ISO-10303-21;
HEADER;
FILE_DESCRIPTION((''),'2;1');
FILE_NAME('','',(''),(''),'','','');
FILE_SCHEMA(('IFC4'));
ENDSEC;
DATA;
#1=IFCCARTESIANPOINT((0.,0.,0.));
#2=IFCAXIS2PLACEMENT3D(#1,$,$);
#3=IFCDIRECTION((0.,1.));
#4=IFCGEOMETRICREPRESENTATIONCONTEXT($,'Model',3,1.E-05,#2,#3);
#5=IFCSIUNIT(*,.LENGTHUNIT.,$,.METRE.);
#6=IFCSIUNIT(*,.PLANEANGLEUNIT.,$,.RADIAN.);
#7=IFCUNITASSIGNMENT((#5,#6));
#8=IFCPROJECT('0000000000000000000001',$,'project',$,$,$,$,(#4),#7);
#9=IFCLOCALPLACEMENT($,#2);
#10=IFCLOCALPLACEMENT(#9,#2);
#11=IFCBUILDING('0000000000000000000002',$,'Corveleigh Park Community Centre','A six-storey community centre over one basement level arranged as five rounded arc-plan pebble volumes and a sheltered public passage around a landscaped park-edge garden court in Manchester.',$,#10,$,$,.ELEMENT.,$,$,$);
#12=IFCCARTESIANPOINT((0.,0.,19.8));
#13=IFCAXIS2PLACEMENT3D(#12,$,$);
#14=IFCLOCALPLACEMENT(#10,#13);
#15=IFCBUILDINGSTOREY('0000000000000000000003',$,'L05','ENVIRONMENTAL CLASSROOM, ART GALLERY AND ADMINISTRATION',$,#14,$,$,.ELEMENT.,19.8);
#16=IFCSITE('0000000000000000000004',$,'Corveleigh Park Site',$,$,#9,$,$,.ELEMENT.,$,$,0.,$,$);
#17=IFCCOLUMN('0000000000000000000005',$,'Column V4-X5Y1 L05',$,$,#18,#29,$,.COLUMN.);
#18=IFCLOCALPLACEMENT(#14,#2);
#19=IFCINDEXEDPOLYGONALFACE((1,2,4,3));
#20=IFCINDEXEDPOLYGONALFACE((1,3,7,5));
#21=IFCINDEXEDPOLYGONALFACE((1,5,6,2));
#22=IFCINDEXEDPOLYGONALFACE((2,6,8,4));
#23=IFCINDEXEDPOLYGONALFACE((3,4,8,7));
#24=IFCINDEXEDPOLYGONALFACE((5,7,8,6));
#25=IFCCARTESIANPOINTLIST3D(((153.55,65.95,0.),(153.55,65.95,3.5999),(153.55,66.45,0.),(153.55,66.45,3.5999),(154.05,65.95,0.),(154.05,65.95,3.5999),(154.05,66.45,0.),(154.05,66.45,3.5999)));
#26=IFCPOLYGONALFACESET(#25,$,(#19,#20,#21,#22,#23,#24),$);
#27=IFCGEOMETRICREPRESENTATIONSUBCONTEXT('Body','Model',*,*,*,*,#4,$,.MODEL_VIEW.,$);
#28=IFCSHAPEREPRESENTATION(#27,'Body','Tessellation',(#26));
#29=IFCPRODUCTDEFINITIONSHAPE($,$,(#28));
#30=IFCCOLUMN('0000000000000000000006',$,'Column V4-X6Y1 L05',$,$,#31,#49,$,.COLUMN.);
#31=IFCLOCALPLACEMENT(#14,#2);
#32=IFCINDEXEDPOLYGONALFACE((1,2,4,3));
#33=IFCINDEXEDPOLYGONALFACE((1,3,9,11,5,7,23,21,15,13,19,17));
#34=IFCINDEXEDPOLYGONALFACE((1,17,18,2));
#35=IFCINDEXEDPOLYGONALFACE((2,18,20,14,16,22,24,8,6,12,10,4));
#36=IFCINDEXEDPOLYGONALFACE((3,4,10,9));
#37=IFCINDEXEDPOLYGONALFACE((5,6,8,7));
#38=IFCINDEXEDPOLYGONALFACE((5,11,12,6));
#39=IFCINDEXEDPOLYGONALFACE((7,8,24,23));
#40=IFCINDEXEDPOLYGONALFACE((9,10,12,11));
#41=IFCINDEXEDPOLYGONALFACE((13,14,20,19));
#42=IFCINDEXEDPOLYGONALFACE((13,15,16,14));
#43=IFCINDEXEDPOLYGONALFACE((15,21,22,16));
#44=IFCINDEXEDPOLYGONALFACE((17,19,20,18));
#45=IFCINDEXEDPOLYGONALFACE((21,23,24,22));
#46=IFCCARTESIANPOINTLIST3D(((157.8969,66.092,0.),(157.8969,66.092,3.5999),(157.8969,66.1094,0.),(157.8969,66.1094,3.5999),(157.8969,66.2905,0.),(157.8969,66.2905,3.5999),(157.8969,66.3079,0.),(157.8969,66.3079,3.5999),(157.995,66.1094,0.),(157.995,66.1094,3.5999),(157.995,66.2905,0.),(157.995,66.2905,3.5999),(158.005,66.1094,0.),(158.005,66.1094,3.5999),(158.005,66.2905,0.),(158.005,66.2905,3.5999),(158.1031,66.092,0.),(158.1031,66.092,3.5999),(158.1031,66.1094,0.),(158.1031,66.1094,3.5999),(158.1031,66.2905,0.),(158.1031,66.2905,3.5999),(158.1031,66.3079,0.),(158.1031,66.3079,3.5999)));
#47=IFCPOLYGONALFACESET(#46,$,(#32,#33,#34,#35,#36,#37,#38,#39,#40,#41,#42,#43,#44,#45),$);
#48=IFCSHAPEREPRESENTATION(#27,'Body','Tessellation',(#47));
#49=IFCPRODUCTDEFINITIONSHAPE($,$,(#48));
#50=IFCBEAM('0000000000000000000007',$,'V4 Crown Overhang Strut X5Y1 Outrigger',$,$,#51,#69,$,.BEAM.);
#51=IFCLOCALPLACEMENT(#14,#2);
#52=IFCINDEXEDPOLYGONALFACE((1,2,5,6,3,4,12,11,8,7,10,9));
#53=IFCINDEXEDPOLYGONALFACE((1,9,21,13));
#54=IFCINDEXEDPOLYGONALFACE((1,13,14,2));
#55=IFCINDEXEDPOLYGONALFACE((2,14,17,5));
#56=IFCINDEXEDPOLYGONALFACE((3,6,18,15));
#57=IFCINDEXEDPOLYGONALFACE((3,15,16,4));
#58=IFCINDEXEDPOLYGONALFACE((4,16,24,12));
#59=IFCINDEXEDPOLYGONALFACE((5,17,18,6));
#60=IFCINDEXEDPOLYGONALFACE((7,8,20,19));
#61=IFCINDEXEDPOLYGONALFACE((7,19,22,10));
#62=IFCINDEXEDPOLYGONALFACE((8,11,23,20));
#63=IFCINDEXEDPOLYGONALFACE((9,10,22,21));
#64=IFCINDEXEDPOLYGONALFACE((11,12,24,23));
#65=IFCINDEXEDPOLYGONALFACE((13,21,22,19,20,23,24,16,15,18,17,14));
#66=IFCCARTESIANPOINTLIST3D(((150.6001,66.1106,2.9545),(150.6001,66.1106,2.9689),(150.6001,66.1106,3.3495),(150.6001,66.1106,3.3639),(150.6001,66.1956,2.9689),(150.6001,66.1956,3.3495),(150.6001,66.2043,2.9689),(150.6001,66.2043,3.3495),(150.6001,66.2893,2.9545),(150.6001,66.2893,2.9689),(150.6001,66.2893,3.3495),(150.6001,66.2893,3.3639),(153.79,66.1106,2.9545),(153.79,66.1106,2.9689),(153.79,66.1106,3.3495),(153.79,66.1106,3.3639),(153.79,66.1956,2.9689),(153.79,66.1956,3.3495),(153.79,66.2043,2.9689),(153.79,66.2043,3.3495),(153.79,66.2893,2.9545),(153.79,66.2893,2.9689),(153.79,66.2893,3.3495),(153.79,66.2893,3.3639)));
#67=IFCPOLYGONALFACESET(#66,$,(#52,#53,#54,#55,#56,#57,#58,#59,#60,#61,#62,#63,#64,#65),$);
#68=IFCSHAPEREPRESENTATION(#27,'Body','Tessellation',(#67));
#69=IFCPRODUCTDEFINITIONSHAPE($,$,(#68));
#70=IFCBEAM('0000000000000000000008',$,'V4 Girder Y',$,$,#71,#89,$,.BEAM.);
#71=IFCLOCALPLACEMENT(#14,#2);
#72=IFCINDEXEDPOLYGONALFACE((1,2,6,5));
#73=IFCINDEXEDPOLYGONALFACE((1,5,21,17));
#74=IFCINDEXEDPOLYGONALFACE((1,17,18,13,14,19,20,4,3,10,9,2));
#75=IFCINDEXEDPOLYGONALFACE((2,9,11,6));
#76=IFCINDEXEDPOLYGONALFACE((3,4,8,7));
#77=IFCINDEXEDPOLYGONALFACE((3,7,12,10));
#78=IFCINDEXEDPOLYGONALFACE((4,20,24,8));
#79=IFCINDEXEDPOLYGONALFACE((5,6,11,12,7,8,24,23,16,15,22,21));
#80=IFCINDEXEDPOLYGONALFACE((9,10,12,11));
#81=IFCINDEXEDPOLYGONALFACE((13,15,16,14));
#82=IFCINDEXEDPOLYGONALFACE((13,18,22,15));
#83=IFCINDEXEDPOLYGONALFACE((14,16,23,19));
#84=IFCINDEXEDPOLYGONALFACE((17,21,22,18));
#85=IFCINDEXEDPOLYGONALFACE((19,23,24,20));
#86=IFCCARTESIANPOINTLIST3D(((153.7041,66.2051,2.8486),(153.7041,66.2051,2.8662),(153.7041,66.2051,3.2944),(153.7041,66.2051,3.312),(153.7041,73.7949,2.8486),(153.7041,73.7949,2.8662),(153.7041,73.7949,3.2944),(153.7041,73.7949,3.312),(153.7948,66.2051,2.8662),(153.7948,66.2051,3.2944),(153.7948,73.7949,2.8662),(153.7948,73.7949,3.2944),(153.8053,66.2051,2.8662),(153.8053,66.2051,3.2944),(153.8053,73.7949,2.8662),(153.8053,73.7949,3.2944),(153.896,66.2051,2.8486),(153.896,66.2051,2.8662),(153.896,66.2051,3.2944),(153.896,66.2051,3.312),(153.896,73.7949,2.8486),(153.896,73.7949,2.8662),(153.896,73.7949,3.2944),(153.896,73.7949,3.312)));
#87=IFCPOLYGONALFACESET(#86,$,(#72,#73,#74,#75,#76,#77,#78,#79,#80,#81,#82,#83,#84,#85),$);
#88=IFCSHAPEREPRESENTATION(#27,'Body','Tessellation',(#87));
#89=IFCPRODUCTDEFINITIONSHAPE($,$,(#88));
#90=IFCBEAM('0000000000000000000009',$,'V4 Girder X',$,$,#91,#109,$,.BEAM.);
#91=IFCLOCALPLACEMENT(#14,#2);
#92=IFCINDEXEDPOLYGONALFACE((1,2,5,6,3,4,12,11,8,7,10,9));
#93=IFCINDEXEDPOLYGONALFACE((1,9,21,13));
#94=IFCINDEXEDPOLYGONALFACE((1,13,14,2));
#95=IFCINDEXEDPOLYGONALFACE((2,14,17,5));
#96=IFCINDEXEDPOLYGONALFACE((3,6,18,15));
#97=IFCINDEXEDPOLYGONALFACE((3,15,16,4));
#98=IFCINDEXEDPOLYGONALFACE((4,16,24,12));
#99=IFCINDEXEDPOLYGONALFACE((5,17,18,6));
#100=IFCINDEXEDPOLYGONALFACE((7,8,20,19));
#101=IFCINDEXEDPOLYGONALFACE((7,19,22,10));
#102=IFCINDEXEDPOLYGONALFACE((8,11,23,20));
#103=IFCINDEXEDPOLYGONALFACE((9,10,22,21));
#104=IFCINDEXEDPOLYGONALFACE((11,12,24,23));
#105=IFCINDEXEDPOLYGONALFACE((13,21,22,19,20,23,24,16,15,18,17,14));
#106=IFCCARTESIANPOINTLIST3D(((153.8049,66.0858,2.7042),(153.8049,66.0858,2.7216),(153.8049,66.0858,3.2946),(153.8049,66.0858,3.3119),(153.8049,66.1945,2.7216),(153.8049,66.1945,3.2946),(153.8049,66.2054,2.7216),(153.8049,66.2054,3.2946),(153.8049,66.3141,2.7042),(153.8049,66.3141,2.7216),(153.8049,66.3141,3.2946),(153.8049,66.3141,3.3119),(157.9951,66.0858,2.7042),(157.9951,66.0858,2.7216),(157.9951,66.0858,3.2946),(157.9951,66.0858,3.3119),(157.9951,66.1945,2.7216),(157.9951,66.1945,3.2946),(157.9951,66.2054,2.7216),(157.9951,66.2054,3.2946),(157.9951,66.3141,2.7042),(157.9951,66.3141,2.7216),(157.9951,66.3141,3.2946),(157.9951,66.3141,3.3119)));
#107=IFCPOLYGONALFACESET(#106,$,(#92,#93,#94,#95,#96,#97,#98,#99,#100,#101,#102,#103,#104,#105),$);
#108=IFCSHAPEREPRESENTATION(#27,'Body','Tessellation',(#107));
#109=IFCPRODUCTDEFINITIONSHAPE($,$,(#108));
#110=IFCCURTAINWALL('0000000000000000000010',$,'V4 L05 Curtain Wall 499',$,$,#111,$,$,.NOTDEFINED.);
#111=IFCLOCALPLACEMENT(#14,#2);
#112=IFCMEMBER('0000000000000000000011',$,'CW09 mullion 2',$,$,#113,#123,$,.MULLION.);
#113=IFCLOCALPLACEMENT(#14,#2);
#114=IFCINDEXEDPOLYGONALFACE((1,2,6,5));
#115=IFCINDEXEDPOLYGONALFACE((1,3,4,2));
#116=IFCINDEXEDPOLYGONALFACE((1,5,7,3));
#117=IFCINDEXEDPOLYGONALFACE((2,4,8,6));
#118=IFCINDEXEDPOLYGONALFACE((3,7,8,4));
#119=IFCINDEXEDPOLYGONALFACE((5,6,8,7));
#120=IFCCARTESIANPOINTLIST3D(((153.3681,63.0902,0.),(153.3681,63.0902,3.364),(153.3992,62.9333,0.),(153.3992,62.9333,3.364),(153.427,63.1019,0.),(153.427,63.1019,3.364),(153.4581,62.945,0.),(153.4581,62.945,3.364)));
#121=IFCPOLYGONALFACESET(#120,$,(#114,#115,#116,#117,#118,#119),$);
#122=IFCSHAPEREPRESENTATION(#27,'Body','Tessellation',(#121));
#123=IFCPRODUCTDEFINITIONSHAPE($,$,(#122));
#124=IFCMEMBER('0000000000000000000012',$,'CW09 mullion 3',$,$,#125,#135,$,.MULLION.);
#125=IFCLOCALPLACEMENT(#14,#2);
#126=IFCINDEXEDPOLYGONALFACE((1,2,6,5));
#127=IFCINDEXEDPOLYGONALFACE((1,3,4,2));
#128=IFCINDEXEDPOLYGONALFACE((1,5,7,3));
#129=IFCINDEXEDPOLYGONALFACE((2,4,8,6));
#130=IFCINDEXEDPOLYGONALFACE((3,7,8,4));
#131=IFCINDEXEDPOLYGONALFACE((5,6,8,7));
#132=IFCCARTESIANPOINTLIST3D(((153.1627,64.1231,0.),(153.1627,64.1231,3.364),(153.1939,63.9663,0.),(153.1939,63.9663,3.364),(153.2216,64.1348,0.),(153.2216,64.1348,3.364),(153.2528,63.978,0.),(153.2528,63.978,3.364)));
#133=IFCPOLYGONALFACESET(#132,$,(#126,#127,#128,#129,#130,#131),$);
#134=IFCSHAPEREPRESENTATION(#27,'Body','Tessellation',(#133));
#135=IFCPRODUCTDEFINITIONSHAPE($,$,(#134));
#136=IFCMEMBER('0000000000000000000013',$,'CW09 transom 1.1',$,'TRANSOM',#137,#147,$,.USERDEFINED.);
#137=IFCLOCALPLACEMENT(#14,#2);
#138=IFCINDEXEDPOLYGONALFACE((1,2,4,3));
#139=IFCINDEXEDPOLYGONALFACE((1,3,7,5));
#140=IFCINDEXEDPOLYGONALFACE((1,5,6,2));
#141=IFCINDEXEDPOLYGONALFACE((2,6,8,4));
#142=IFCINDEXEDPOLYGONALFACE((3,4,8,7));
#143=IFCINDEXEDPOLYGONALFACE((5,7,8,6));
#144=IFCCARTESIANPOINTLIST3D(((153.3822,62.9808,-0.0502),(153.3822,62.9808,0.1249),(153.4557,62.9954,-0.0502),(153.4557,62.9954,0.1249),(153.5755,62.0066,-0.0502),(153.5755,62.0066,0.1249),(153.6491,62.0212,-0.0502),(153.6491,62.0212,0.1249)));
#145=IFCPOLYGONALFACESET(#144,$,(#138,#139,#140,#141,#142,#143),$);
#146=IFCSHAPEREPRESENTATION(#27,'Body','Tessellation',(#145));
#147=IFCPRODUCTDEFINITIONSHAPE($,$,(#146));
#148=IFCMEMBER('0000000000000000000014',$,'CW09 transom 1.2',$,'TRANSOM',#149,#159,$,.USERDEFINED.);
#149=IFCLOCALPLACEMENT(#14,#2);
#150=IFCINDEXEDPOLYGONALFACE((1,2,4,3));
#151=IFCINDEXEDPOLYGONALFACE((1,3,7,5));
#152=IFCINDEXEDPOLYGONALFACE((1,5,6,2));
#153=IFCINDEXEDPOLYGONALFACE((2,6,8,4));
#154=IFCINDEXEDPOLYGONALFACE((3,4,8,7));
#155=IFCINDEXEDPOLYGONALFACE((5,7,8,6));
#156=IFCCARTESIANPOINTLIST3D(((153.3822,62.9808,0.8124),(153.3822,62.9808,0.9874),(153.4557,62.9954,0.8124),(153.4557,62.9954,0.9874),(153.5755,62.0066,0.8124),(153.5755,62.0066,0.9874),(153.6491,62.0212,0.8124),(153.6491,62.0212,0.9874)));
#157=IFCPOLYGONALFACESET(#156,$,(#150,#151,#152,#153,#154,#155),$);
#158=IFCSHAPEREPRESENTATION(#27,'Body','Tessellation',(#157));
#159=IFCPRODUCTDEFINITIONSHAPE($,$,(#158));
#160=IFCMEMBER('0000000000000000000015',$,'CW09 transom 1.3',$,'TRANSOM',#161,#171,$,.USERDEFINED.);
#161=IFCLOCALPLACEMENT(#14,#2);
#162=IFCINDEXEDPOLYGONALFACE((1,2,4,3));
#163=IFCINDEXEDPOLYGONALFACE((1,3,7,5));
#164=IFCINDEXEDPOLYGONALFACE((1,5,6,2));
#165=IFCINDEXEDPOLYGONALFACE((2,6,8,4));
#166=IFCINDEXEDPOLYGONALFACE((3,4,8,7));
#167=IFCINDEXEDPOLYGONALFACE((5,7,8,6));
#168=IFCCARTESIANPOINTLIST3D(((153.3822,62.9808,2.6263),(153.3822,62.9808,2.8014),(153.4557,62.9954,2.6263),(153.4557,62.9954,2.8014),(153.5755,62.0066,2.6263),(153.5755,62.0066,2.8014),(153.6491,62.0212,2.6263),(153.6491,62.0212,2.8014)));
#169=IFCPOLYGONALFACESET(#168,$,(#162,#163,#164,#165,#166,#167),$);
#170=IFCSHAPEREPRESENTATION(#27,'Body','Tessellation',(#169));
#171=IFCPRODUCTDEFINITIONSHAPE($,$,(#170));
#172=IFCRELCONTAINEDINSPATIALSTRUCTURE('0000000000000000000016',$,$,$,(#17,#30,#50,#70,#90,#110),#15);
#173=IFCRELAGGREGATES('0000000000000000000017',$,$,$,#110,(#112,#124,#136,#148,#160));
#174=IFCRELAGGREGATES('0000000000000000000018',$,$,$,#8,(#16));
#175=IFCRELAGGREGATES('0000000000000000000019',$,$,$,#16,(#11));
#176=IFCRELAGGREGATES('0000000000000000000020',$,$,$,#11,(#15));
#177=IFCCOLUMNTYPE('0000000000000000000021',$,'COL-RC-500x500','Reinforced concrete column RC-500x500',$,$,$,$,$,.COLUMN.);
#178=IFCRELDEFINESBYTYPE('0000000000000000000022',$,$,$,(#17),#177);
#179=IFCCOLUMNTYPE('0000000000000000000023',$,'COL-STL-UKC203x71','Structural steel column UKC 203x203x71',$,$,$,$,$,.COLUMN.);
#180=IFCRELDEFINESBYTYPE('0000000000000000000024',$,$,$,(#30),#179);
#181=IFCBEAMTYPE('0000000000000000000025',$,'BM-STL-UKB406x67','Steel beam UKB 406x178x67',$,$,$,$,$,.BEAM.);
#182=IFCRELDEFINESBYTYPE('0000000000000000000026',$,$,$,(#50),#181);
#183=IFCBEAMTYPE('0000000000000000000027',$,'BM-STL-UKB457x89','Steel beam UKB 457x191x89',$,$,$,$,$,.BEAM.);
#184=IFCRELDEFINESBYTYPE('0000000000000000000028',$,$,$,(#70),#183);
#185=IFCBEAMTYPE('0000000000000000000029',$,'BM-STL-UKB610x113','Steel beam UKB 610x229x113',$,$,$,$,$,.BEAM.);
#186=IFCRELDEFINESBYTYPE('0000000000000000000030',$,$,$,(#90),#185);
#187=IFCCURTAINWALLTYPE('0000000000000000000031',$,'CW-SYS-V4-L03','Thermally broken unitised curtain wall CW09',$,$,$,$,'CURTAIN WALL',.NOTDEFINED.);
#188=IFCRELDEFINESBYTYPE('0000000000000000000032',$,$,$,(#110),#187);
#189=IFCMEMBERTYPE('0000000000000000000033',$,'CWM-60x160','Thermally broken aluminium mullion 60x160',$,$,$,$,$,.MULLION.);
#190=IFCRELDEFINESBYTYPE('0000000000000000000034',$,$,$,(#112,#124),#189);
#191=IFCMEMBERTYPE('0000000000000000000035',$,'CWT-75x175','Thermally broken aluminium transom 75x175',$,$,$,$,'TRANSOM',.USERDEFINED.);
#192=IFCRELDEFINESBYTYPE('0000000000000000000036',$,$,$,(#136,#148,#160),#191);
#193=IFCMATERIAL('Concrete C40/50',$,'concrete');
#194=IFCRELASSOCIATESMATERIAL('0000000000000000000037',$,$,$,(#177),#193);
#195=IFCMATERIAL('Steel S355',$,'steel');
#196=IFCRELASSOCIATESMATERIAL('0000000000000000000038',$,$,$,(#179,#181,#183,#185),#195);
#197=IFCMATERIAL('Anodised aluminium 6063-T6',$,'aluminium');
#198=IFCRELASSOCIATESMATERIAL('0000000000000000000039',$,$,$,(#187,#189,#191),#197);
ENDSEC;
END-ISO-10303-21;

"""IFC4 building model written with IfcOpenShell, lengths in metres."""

from ifc_helpers import new_model, si_unit, direction, frame, origin, origin_2d, place, context, subcontext, project, spatial, rectangle, i_section, extrude, material, material_profile, profile_set, type_object, element, aggregate, save


model = new_model("IFC4")

# Units and contexts
model_context = context("Model", 3, precision=1e-05, world=origin(), true_north=direction((0.0, 1.0)))
body_context = subcontext(model_context, "Body", "Model", "MODEL_VIEW")
ifc_project = project(units=[si_unit("LENGTHUNIT", "METRE"), si_unit("PLANEANGLEUNIT", "RADIAN")], contexts=[model_context])

# Site, building, storey
site_placement = place(None, origin())
site = spatial("IfcSite", under=ifc_project, at=site_placement, Name="Corveleigh Park Site", CompositionType="ELEMENT", RefElevation=0.0)
building_placement = place(site_placement, origin())
building = spatial("IfcBuilding", under=site, at=building_placement, Name="Corveleigh Park Community Centre", Description="A six-storey community centre over one basement level arranged as five rounded arc-plan pebble volumes and a sheltered public passage around a landscaped park-edge garden court in Manchester.", CompositionType="ELEMENT")
storey_placement = place(building_placement, frame((0.0, 0.0, 19.8)))
storey = spatial("IfcBuildingStorey", under=building, at=storey_placement, Name="L05", Description="ENVIRONMENTAL CLASSROOM, ART GALLERY AND ADMINISTRATION", CompositionType="ELEMENT", Elevation=19.8)

# Columns
ifc_material_1 = material(Name="Concrete C40/50", Category="concrete")
ifc_material_profile_1 = material_profile(ifc_material_1, rectangle(XDim=0.5, YDim=0.5, at=origin_2d()), Name="RC-500x500", Category="concrete")
ifc_profile_set_1 = profile_set([ifc_material_profile_1], Name="Concrete C40/50")
column_type_1 = type_object("IfcColumnType", Name="COL-RC-500x500", Description="Reinforced concrete column RC-500x500", PredefinedType="COLUMN", material=ifc_profile_set_1)
column_1_placement = place(storey_placement, frame((153.8, 66.2, 0.0), z_axis=(0.0, 0.0, 1.0), x_axis=(1.0, 0.0, 0.0)))
element("IfcColumn", 1, at=column_1_placement, inside=storey, type_object=column_type_1, Name="Column V4-X5Y1 L05", PredefinedType="COLUMN", context=body_context, shape_type="SweptSolid", body=[
    extrude(rectangle(XDim=0.5, YDim=0.5, at=origin_2d()), origin(), (0.0, 0.0, 1.0), 3.5999),
])
ifc_material_2 = material(Name="Steel S355", Category="steel")
ifc_material_profile_2 = material_profile(ifc_material_2, i_section(OverallWidth=0.2063, OverallDepth=0.2158, WebThickness=0.01, FlangeThickness=0.0173, at=origin_2d()), Name="UKC 203x203x71", Category="steel")
ifc_profile_set_2 = profile_set([ifc_material_profile_2], Name="Steel S355")
column_type_2 = type_object("IfcColumnType", Name="COL-STL-UKC203x71", Description="Structural steel column UKC 203x203x71", PredefinedType="COLUMN", material=ifc_profile_set_2)
column_2_placement = place(storey_placement, frame((158.0, 66.2, 0.0), z_axis=(0.0, 0.0, 1.0), x_axis=(1.0, 0.0, 0.0)))
element("IfcColumn", 2, at=column_2_placement, inside=storey, type_object=column_type_2, Name="Column V4-X6Y1 L05", PredefinedType="COLUMN", context=body_context, shape_type="SweptSolid", body=[
    extrude(i_section(OverallWidth=0.2063, OverallDepth=0.2158, WebThickness=0.01, FlangeThickness=0.0173, at=origin_2d()), origin(), (0.0, 0.0, 1.0), 3.5999),
])

# Beams
ifc_material_profile_3 = material_profile(ifc_material_2, i_section(OverallWidth=0.1787, OverallDepth=0.4094, WebThickness=0.0088, FlangeThickness=0.0144, at=origin_2d()), Name="UKB 406x178x67", Category="steel")
ifc_profile_set_3 = profile_set([ifc_material_profile_3], Name="Steel S355")
beam_type_1 = type_object("IfcBeamType", Name="BM-STL-UKB406x67", Description="Steel beam UKB 406x178x67", PredefinedType="BEAM", material=ifc_profile_set_3)
beam_1_placement = place(storey_placement, frame((153.79, 66.2, 3.1592), z_axis=(-1.0, 0.0, 0.0), x_axis=(0.0, -1.0, 0.0)))
element("IfcBeam", 3, at=beam_1_placement, inside=storey, type_object=beam_type_1, Name="V4 Crown Overhang Strut X5Y1 Outrigger", PredefinedType="BEAM", context=body_context, shape_type="SweptSolid", body=[
    extrude(i_section(OverallWidth=0.1787, OverallDepth=0.4094, WebThickness=0.0088, FlangeThickness=0.0144, at=origin_2d()), origin(), (0.0, 0.0, 1.0), 3.1899),
])
ifc_material_profile_4 = material_profile(ifc_material_2, i_section(OverallWidth=0.1919, OverallDepth=0.4634, WebThickness=0.0105, FlangeThickness=0.0176, at=origin_2d()), Name="UKB 457x191x89", Category="steel")
ifc_profile_set_4 = profile_set([ifc_material_profile_4], Name="Steel S355")
beam_type_2 = type_object("IfcBeamType", Name="BM-STL-UKB457x89", Description="Steel beam UKB 457x191x89", PredefinedType="BEAM", material=ifc_profile_set_4)
beam_2_placement = place(storey_placement, frame((153.8, 66.2051, 3.0803), z_axis=(0.0, 1.0, 0.0), x_axis=(-1.0, 0.0, 0.0)))
element("IfcBeam", 4, at=beam_2_placement, inside=storey, type_object=beam_type_2, Name="V4 Girder Y", PredefinedType="BEAM", context=body_context, shape_type="SweptSolid", body=[
    extrude(i_section(OverallWidth=0.1919, OverallDepth=0.4634, WebThickness=0.0105, FlangeThickness=0.0176, at=origin_2d()), origin(), (0.0, 0.0, 1.0), 7.5898),
])
ifc_material_profile_5 = material_profile(ifc_material_2, i_section(OverallWidth=0.2283, OverallDepth=0.6077, WebThickness=0.011, FlangeThickness=0.0173, at=origin_2d()), Name="UKB 610x229x113", Category="steel")
ifc_profile_set_5 = profile_set([ifc_material_profile_5], Name="Steel S355")
beam_type_3 = type_object("IfcBeamType", Name="BM-STL-UKB610x113", Description="Steel beam UKB 610x229x113", PredefinedType="BEAM", material=ifc_profile_set_5)
beam_3_placement = place(storey_placement, frame((153.8049, 66.2, 3.0081), z_axis=(1.0, 0.0, 0.0), x_axis=(0.0, 1.0, 0.0)))
element("IfcBeam", 5, at=beam_3_placement, inside=storey, type_object=beam_type_3, Name="V4 Girder X", PredefinedType="BEAM", context=body_context, shape_type="SweptSolid", body=[
    extrude(i_section(OverallWidth=0.2283, OverallDepth=0.6077, WebThickness=0.011, FlangeThickness=0.0173, at=origin_2d()), origin(), (0.0, 0.0, 1.0), 4.1902),
])

# Curtain wall, members
ifc_material_3 = material(Name="Anodised aluminium 6063-T6", Category="aluminium")
curtain_wall_type = type_object("IfcCurtainWallType", Name="CW-SYS-V4-L03", Description="Thermally broken unitised curtain wall CW09", ElementType="CURTAIN WALL", PredefinedType="NOTDEFINED", material=ifc_material_3)
curtain_wall_placement = place(storey_placement, origin())
curtain_wall = element("IfcCurtainWall", 6, at=curtain_wall_placement, inside=storey, type_object=curtain_wall_type, Name="V4 L05 Curtain Wall 499", PredefinedType="NOTDEFINED")
ifc_material_profile_6 = material_profile(ifc_material_3, rectangle(XDim=0.0601, YDim=0.1599, at=origin_2d()), Name="ALU-M60x160", Category="aluminium")
ifc_profile_set_6 = profile_set([ifc_material_profile_6], Name="Anodised aluminium 6063-T6")
member_type_1 = type_object("IfcMemberType", Name="CWM-60x160", Description="Thermally broken aluminium mullion 60x160", PredefinedType="MULLION", material=ifc_profile_set_6)
member_1_placement = place(storey_placement, frame((153.4131, 63.0176, 0.0), z_axis=(0.0, 0.0, 1.0), x_axis=(-0.980846, -0.194784, 0.0)))
member_1 = element("IfcMember", 7, at=member_1_placement, type_object=member_type_1, Name="CW09 mullion 2", PredefinedType="MULLION", context=body_context, shape_type="SweptSolid", body=[
    extrude(rectangle(XDim=0.0601, YDim=0.1599, at=origin_2d()), origin(), (0.0, 0.0, 1.0), 3.364),
])
member_2_placement = place(storey_placement, frame((153.2078, 64.0505, 0.0), z_axis=(0.0, 0.0, 1.0), x_axis=(-0.980846, -0.194784, 0.0)))
member_2 = element("IfcMember", 8, at=member_2_placement, type_object=member_type_1, Name="CW09 mullion 3", PredefinedType="MULLION", context=body_context, shape_type="SweptSolid", body=[
    extrude(rectangle(XDim=0.0601, YDim=0.1599, at=origin_2d()), origin(), (0.0, 0.0, 1.0), 3.364),
])
ifc_material_profile_7 = material_profile(ifc_material_3, rectangle(XDim=0.075, YDim=0.175, at=origin_2d()), Name="ALU-T75x175", Category="aluminium")
ifc_profile_set_7 = profile_set([ifc_material_profile_7], Name="Anodised aluminium 6063-T6")
member_type_2 = type_object("IfcMemberType", Name="CWT-75x175", Description="Thermally broken aluminium transom 75x175", ElementType="TRANSOM", PredefinedType="USERDEFINED", material=ifc_profile_set_7)
member_3_placement = place(storey_placement, frame((153.6123, 62.0139, 0.0374), z_axis=(-0.194698, 0.980863, 0.0), x_axis=(-0.980863, -0.194698, 0.0)))
member_3 = element("IfcMember", 9, at=member_3_placement, type_object=member_type_2, Name="CW09 transom 1.1", ObjectType="TRANSOM", PredefinedType="USERDEFINED", context=body_context, shape_type="SweptSolid", body=[
    extrude(rectangle(XDim=0.075, YDim=0.175, at=origin_2d()), origin(), (0.0, 0.0, 1.0), 0.9932),
])
member_4_placement = place(storey_placement, frame((153.6123, 62.0139, 0.8999), z_axis=(-0.194698, 0.980863, 0.0), x_axis=(-0.980863, -0.194698, 0.0)))
member_4 = element("IfcMember", 10, at=member_4_placement, type_object=member_type_2, Name="CW09 transom 1.2", ObjectType="TRANSOM", PredefinedType="USERDEFINED", context=body_context, shape_type="SweptSolid", body=[
    extrude(rectangle(XDim=0.075, YDim=0.175, at=origin_2d()), origin(), (0.0, 0.0, 1.0), 0.9932),
])
member_5_placement = place(storey_placement, frame((153.6123, 62.0139, 2.7139), z_axis=(-0.194698, 0.980863, 0.0), x_axis=(-0.980863, -0.194698, 0.0)))
member_5 = element("IfcMember", 11, at=member_5_placement, type_object=member_type_2, Name="CW09 transom 1.3", ObjectType="TRANSOM", PredefinedType="USERDEFINED", context=body_context, shape_type="SweptSolid", body=[
    extrude(rectangle(XDim=0.075, YDim=0.175, at=origin_2d()), origin(), (0.0, 0.0, 1.0), 0.9932),
])

aggregate(curtain_wall, [member_1, member_2, member_3, member_4, member_5])

save(model, "model.ifc")
